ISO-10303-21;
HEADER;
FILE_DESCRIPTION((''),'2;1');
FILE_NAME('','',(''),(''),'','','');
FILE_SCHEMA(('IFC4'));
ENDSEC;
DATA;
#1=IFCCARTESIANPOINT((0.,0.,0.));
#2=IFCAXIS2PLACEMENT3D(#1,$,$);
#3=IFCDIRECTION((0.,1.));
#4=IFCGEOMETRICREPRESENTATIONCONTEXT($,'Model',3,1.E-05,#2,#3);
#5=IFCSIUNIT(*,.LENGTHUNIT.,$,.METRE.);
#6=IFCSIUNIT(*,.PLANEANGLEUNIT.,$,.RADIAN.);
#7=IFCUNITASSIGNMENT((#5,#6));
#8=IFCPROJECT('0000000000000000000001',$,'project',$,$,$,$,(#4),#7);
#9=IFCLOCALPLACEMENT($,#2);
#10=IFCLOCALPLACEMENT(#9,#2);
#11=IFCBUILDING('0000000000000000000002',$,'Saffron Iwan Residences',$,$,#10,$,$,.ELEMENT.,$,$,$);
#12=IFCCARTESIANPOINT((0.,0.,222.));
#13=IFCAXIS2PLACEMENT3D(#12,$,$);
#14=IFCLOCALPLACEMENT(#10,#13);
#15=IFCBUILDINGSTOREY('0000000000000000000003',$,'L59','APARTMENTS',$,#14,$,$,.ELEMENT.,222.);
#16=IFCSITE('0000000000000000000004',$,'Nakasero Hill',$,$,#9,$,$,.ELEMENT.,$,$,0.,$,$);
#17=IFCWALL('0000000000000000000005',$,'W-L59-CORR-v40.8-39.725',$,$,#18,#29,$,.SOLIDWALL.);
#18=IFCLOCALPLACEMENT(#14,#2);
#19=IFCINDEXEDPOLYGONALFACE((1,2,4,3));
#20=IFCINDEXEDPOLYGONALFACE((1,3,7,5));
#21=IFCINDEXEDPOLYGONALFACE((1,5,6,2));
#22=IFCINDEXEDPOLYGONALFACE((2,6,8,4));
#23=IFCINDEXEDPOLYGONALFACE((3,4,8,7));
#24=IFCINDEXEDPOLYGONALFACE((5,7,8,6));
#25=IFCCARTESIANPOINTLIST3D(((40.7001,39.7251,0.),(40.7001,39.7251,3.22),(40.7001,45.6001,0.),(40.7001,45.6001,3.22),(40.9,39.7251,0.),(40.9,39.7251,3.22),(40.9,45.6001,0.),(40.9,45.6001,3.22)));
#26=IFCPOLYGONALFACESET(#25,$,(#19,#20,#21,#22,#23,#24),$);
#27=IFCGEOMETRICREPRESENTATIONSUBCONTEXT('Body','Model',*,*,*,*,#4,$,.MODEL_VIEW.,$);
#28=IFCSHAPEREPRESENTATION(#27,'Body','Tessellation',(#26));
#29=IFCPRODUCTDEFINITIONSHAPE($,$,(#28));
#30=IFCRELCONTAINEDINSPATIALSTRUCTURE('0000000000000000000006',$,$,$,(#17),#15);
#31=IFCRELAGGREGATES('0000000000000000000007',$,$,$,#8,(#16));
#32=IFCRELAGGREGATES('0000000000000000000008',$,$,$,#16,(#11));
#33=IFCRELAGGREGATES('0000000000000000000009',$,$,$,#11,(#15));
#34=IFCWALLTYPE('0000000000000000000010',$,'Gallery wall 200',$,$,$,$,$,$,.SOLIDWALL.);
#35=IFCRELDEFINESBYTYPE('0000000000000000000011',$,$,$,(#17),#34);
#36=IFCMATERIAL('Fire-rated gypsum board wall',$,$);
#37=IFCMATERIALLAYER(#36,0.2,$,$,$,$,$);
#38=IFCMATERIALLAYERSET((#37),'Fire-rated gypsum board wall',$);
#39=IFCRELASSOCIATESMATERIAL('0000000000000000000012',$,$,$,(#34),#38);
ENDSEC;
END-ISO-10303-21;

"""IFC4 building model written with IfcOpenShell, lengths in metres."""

from ifc_helpers import new_model, si_unit, direction, frame, frame_2d, origin, place, context, subcontext, project, spatial, rectangle, extrude, material, layer, layer_set, type_object, element, save


model = new_model("IFC4")

# Units and contexts
model_context = context("Model", 3, precision=1e-05, world=origin(), true_north=direction((0.0, 1.0)))
body_context = subcontext(model_context, "Body", "Model", "MODEL_VIEW")
ifc_project = project(units=[si_unit("LENGTHUNIT", "METRE"), si_unit("PLANEANGLEUNIT", "RADIAN")], contexts=[model_context])

# Site, building, storey
site_placement = place(None, origin())
site = spatial("IfcSite", under=ifc_project, at=site_placement, Name="Nakasero Hill", CompositionType="ELEMENT", RefElevation=0.0)
building_placement = place(site_placement, origin())
building = spatial("IfcBuilding", under=site, at=building_placement, Name="Saffron Iwan Residences", CompositionType="ELEMENT")
storey_placement = place(building_placement, frame((0.0, 0.0, 222.0)))
storey = spatial("IfcBuildingStorey", under=building, at=storey_placement, Name="L59", Description="APARTMENTS", CompositionType="ELEMENT", Elevation=222.0)

# Shared definitions
ifc_material_1 = material(Name="Fire-rated gypsum board wall")
ifc_layer_1 = layer(ifc_material_1, 0.2)
ifc_layer_set_1 = layer_set([ifc_layer_1], Name="Fire-rated gypsum board wall")
wall_type_1 = type_object("IfcWallType", Name="Gallery wall 200", PredefinedType="SOLIDWALL", material=ifc_layer_set_1)

# Wall
wall_1_placement = place(storey_placement, frame((40.8, 39.7251, 0.0), z_axis=(0.0, 0.0, 1.0), x_axis=(0.0, 1.0, 0.0)))
element("IfcWall", 1, at=wall_1_placement, inside=storey, type_object=wall_type_1, Name="W-L59-CORR-v40.8-39.725", PredefinedType="SOLIDWALL", context=body_context, shape_type="SweptSolid", body=[
    extrude(rectangle(XDim=5.875, YDim=0.2, at=frame_2d((2.9375, 0.0))), origin(), (0.0, 0.0, 1.0), 3.22),
])

save(model, "model.ifc")
